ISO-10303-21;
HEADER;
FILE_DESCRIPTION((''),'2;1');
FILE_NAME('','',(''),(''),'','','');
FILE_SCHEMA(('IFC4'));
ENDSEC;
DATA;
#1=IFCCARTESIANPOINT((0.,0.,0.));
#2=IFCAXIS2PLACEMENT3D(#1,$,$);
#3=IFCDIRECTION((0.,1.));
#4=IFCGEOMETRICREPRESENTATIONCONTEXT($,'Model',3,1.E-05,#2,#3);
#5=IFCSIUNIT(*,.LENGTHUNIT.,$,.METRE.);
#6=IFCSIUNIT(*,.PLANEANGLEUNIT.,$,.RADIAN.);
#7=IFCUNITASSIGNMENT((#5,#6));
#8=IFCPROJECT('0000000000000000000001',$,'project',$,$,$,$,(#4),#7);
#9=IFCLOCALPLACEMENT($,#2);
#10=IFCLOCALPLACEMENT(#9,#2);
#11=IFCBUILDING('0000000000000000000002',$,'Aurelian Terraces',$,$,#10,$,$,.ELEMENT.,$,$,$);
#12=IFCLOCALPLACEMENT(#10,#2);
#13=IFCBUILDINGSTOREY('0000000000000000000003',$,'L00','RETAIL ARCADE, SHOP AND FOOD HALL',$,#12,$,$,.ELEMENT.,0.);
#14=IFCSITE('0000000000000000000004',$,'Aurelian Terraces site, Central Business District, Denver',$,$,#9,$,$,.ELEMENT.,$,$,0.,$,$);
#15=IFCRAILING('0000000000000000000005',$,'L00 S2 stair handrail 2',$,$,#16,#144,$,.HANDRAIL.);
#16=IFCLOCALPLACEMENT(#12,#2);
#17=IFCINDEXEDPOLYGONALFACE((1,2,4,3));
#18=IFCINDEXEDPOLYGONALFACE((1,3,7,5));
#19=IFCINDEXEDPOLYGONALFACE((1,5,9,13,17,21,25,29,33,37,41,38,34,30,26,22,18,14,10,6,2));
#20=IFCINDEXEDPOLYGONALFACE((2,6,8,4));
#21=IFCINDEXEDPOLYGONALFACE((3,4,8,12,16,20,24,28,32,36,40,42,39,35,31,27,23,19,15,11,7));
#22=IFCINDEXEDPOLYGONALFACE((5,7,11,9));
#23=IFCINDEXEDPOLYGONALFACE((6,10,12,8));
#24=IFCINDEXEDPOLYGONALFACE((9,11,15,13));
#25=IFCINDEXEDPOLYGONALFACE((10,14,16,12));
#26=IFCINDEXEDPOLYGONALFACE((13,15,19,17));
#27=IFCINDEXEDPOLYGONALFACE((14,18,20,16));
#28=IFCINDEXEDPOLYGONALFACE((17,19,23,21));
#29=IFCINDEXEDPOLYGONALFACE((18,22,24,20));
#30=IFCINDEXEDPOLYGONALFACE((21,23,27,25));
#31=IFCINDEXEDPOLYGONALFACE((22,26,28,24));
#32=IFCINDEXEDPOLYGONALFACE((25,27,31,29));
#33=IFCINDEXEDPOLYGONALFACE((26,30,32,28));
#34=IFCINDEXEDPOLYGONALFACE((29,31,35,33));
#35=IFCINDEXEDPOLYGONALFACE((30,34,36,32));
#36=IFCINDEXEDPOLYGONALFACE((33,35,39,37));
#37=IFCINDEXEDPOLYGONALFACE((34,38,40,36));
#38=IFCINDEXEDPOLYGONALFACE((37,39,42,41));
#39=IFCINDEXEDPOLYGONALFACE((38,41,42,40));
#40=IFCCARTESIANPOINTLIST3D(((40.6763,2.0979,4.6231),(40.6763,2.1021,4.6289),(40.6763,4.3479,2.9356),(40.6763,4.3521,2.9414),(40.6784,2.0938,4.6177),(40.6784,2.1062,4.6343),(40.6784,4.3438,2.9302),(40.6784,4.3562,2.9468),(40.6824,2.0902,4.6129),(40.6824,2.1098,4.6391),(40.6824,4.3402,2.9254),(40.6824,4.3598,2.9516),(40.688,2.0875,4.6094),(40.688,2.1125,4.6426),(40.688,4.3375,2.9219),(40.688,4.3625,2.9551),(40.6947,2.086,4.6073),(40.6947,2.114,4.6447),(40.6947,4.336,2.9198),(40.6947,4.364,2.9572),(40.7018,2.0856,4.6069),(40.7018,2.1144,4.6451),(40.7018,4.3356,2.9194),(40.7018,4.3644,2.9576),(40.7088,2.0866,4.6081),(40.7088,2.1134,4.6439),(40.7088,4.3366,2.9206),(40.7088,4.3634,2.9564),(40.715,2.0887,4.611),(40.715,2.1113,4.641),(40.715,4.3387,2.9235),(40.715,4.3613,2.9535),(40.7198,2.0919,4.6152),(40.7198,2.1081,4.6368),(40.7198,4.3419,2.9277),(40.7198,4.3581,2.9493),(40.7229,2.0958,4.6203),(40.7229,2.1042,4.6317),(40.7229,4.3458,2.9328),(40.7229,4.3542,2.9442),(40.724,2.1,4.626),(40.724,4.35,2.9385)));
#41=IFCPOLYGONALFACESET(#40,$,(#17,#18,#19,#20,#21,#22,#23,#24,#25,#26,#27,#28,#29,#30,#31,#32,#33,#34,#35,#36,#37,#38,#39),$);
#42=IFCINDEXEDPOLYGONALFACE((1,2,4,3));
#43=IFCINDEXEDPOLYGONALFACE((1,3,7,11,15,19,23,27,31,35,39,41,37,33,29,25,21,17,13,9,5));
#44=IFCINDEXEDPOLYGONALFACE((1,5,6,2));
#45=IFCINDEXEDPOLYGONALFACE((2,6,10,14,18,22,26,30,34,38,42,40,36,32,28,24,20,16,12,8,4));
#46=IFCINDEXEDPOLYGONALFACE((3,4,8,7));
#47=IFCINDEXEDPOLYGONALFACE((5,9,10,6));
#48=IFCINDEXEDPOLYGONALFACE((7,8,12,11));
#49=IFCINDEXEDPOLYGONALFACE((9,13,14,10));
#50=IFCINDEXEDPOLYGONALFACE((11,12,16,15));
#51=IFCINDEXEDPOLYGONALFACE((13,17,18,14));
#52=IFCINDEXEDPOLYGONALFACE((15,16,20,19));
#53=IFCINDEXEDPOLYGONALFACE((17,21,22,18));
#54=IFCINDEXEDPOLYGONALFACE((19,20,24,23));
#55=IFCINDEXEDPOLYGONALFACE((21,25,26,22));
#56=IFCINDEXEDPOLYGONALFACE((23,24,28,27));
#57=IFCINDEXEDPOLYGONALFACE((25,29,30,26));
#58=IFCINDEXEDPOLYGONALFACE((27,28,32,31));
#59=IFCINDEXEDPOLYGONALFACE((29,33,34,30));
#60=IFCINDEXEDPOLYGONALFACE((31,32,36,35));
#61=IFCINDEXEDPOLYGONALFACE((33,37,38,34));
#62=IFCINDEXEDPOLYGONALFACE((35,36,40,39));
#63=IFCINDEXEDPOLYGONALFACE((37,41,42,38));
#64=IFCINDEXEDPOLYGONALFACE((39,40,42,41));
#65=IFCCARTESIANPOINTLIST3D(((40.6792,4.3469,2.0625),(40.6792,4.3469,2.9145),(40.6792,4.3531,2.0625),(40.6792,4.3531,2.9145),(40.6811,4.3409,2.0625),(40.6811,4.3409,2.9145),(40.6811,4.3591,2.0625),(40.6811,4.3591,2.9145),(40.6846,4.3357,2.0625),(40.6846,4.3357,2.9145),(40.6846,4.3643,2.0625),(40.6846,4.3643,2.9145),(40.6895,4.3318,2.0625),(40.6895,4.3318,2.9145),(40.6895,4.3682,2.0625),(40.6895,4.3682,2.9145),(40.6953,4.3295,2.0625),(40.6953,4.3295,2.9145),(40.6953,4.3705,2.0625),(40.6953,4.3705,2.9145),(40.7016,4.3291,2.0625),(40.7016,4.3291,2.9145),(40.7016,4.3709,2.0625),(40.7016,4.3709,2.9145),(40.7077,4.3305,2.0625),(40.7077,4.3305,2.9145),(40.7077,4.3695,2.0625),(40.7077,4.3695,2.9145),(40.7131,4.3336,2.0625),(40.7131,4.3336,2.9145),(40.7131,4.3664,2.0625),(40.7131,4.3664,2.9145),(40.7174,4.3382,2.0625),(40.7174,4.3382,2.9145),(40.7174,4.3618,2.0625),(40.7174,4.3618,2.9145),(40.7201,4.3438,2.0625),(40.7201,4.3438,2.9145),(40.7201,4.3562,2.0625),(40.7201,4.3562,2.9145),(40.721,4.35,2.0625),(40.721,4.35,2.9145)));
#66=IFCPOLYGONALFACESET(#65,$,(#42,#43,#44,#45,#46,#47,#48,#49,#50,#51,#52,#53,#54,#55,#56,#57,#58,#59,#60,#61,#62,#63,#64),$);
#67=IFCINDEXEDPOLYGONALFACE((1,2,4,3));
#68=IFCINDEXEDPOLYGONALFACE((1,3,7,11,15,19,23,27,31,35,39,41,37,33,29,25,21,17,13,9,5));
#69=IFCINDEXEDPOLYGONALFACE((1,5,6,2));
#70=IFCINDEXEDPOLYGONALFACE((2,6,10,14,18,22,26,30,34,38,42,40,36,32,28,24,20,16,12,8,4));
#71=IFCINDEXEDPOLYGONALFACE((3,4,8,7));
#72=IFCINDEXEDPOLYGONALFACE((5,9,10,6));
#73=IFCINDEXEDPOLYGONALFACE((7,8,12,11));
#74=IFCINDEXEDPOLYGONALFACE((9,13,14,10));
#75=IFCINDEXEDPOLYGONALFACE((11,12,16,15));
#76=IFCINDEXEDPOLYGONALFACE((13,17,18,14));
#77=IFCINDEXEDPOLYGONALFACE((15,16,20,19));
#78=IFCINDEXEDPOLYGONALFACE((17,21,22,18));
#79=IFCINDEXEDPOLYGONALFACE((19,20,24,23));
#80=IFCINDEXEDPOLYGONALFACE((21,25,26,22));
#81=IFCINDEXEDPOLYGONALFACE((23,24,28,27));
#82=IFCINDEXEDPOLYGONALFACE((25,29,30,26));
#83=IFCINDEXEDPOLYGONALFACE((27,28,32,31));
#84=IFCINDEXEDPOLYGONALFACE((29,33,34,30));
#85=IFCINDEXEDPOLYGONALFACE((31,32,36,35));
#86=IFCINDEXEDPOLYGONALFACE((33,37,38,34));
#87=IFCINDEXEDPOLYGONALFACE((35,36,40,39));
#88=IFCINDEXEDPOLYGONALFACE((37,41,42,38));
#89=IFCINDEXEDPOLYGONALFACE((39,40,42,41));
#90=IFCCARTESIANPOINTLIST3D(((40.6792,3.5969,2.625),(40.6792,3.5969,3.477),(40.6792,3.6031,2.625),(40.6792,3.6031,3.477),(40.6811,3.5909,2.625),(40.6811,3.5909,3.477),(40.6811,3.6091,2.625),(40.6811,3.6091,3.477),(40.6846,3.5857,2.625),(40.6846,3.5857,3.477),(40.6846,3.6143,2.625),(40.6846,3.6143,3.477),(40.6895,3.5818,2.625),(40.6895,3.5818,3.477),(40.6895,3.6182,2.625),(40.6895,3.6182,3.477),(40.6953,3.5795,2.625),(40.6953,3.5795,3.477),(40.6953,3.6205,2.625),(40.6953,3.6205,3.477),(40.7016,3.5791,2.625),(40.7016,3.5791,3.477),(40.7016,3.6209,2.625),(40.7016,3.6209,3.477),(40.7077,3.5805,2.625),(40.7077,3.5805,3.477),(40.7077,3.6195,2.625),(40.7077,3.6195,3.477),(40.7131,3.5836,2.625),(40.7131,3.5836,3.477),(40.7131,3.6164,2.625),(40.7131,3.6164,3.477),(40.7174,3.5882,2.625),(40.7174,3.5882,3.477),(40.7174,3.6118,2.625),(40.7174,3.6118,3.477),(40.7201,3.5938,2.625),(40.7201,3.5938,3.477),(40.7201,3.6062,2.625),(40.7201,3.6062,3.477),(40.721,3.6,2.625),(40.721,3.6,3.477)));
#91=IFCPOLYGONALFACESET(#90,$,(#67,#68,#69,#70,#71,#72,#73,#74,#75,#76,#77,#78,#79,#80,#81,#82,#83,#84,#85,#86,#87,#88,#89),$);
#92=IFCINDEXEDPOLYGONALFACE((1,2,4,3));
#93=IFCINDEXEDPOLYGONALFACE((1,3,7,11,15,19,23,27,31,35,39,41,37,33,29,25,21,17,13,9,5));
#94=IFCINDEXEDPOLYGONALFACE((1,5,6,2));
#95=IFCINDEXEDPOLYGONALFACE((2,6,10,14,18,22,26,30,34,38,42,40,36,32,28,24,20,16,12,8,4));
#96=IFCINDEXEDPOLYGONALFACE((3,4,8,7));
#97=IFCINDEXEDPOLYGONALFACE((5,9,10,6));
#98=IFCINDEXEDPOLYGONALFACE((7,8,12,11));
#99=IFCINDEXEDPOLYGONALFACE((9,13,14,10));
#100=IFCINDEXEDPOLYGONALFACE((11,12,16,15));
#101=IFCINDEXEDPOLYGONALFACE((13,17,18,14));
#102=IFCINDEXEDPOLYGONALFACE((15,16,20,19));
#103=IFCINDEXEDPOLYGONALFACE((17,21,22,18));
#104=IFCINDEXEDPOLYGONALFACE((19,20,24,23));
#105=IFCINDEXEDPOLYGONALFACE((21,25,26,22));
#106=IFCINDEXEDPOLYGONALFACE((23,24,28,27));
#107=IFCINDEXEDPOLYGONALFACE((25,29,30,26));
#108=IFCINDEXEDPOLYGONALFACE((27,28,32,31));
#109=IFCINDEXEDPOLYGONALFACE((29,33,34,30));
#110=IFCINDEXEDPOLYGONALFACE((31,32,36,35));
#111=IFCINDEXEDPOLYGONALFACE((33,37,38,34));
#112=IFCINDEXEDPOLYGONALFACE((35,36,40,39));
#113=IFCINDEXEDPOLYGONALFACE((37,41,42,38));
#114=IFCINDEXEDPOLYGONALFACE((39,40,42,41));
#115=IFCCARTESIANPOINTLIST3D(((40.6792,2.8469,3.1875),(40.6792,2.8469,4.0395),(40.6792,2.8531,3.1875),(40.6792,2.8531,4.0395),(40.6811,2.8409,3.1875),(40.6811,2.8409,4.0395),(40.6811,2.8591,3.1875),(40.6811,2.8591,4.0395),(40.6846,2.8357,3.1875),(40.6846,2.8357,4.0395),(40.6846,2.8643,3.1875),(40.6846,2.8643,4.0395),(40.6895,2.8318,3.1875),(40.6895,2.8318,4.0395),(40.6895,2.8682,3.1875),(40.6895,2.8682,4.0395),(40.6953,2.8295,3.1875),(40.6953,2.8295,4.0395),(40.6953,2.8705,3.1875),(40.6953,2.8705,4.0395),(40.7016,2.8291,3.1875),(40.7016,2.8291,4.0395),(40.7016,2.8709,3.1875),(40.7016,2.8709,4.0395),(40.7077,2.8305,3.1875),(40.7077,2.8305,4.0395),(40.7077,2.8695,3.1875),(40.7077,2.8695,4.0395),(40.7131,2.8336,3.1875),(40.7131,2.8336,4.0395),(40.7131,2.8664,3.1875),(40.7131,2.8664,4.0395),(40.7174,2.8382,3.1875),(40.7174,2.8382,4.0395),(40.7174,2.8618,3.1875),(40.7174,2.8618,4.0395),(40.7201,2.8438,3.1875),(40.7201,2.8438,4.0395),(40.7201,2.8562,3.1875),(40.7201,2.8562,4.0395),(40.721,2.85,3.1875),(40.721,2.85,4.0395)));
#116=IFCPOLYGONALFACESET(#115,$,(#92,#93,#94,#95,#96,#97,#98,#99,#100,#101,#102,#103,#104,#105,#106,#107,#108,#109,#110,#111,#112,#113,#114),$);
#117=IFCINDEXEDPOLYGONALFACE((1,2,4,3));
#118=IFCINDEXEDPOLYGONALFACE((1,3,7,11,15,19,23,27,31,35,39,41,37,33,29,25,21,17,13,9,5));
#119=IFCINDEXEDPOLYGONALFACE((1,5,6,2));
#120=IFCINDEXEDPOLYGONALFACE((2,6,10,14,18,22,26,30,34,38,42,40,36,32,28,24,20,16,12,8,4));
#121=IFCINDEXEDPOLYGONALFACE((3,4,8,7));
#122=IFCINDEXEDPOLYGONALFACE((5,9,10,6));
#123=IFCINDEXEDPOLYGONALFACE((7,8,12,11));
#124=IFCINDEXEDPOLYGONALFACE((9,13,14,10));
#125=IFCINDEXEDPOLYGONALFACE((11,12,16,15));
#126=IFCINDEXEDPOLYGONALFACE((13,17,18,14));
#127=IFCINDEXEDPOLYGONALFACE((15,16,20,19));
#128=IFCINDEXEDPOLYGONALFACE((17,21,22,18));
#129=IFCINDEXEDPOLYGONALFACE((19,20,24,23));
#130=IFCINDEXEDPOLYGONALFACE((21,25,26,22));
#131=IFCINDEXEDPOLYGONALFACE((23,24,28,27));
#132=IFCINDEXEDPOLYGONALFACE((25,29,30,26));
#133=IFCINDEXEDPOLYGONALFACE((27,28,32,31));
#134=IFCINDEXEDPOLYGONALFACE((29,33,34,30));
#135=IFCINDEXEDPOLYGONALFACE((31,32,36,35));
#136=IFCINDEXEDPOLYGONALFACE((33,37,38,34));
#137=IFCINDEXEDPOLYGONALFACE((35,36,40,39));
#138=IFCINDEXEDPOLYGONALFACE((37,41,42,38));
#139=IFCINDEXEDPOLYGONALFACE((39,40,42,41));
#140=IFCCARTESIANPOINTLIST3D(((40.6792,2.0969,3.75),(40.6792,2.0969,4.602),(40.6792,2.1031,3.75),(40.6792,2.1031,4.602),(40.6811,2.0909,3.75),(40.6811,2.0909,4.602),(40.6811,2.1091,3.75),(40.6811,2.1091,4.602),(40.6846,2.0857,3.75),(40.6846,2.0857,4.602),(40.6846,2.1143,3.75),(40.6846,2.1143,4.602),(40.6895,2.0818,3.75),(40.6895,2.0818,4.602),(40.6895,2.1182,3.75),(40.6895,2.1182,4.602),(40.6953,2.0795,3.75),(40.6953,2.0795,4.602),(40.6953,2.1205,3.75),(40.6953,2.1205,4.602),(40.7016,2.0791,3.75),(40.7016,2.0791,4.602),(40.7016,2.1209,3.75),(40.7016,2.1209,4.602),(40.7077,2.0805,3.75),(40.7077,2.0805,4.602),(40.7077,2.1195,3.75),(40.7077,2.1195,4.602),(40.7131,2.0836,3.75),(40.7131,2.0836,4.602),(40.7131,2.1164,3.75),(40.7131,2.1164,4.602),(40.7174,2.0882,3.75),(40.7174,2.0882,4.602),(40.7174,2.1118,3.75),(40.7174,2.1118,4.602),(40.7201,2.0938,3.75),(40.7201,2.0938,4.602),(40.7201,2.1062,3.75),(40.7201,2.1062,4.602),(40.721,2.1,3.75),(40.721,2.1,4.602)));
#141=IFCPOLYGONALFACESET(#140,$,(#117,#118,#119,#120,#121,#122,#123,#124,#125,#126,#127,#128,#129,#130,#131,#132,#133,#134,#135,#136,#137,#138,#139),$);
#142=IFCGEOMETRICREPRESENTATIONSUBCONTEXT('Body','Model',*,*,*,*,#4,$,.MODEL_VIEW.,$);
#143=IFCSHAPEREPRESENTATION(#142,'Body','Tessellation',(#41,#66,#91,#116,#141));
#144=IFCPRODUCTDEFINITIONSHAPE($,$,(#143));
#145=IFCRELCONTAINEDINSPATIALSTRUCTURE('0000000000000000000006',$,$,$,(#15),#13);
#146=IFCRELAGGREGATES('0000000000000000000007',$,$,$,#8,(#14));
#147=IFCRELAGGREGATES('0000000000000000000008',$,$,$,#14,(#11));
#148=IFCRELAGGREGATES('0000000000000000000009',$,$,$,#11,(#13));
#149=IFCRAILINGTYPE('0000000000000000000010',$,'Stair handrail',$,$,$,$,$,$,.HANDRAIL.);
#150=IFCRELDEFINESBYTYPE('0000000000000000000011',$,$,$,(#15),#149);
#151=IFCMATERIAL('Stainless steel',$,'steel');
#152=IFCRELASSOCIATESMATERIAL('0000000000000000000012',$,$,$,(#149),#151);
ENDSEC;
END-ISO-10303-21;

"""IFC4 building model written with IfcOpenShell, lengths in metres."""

from ifc_helpers import new_model, si_unit, direction, frame, origin, origin_2d, place, context, subcontext, project, spatial, circle, extrude, source, transform, mapped, material, type_object, element, save


model = new_model("IFC4")

# Units and contexts
model_context = context("Model", 3, precision=1e-05, world=origin(), true_north=direction((0.0, 1.0)))
body_context = subcontext(model_context, "Body", "Model", "MODEL_VIEW")
ifc_project = project(units=[si_unit("LENGTHUNIT", "METRE"), si_unit("PLANEANGLEUNIT", "RADIAN")], contexts=[model_context])

# Site, building, storey
site_placement = place(None, origin())
site = spatial("IfcSite", under=ifc_project, at=site_placement, Name="Aurelian Terraces site, Central Business District, Denver", CompositionType="ELEMENT", RefElevation=0.0)
building_placement = place(site_placement, origin())
building = spatial("IfcBuilding", under=site, at=building_placement, Name="Aurelian Terraces", CompositionType="ELEMENT")
storey_placement = place(building_placement, origin())
storey = spatial("IfcBuildingStorey", under=building, at=storey_placement, Name="L00", Description="RETAIL ARCADE, SHOP AND FOOD HALL", CompositionType="ELEMENT", Elevation=0.0)

# Railing
ifc_material_1 = material(Name="Stainless steel", Category="steel")
railing_type_1 = type_object("IfcRailingType", Name="Stair handrail", PredefinedType="HANDRAIL", material=ifc_material_1)
shared_shape_1 = source(origin(), body_context, "Body", "SweptSolid", [
    extrude(circle(Radius=0.024, at=origin_2d()), frame((0.0, 0.0, 0.876), z_axis=(0.0, -0.8, 0.6), x_axis=(1.0, 0.0, 0.0)), (0.0, 0.0, 1.0), 2.8125),
    extrude(circle(Radius=0.021, at=origin_2d()), origin(), (0.0, 0.0, 1.0), 0.852),
    extrude(circle(Radius=0.021, at=origin_2d()), frame((0.0, -0.75, 0.5625)), (0.0, 0.0, 1.0), 0.852),
    extrude(circle(Radius=0.021, at=origin_2d()), frame((0.0, -1.5, 1.125)), (0.0, 0.0, 1.0), 0.852),
    extrude(circle(Radius=0.021, at=origin_2d()), frame((0.0, -2.25, 1.6875)), (0.0, 0.0, 1.0), 0.852),
])
for number, where, name in (
    (1, (40.7, 4.35, 2.0625), "L00 S2 stair handrail 2"),
):
    element("IfcRailing", number, at=place(storey_placement, frame(where)), inside=storey, type_object=railing_type_1, Name=name, PredefinedType="HANDRAIL", context=body_context, shape_type="MappedRepresentation", body=[
        mapped(shared_shape_1, transform((0.0, 0.0, 0.0), scale=1.0)),
    ])

save(model, "model.ifc")
